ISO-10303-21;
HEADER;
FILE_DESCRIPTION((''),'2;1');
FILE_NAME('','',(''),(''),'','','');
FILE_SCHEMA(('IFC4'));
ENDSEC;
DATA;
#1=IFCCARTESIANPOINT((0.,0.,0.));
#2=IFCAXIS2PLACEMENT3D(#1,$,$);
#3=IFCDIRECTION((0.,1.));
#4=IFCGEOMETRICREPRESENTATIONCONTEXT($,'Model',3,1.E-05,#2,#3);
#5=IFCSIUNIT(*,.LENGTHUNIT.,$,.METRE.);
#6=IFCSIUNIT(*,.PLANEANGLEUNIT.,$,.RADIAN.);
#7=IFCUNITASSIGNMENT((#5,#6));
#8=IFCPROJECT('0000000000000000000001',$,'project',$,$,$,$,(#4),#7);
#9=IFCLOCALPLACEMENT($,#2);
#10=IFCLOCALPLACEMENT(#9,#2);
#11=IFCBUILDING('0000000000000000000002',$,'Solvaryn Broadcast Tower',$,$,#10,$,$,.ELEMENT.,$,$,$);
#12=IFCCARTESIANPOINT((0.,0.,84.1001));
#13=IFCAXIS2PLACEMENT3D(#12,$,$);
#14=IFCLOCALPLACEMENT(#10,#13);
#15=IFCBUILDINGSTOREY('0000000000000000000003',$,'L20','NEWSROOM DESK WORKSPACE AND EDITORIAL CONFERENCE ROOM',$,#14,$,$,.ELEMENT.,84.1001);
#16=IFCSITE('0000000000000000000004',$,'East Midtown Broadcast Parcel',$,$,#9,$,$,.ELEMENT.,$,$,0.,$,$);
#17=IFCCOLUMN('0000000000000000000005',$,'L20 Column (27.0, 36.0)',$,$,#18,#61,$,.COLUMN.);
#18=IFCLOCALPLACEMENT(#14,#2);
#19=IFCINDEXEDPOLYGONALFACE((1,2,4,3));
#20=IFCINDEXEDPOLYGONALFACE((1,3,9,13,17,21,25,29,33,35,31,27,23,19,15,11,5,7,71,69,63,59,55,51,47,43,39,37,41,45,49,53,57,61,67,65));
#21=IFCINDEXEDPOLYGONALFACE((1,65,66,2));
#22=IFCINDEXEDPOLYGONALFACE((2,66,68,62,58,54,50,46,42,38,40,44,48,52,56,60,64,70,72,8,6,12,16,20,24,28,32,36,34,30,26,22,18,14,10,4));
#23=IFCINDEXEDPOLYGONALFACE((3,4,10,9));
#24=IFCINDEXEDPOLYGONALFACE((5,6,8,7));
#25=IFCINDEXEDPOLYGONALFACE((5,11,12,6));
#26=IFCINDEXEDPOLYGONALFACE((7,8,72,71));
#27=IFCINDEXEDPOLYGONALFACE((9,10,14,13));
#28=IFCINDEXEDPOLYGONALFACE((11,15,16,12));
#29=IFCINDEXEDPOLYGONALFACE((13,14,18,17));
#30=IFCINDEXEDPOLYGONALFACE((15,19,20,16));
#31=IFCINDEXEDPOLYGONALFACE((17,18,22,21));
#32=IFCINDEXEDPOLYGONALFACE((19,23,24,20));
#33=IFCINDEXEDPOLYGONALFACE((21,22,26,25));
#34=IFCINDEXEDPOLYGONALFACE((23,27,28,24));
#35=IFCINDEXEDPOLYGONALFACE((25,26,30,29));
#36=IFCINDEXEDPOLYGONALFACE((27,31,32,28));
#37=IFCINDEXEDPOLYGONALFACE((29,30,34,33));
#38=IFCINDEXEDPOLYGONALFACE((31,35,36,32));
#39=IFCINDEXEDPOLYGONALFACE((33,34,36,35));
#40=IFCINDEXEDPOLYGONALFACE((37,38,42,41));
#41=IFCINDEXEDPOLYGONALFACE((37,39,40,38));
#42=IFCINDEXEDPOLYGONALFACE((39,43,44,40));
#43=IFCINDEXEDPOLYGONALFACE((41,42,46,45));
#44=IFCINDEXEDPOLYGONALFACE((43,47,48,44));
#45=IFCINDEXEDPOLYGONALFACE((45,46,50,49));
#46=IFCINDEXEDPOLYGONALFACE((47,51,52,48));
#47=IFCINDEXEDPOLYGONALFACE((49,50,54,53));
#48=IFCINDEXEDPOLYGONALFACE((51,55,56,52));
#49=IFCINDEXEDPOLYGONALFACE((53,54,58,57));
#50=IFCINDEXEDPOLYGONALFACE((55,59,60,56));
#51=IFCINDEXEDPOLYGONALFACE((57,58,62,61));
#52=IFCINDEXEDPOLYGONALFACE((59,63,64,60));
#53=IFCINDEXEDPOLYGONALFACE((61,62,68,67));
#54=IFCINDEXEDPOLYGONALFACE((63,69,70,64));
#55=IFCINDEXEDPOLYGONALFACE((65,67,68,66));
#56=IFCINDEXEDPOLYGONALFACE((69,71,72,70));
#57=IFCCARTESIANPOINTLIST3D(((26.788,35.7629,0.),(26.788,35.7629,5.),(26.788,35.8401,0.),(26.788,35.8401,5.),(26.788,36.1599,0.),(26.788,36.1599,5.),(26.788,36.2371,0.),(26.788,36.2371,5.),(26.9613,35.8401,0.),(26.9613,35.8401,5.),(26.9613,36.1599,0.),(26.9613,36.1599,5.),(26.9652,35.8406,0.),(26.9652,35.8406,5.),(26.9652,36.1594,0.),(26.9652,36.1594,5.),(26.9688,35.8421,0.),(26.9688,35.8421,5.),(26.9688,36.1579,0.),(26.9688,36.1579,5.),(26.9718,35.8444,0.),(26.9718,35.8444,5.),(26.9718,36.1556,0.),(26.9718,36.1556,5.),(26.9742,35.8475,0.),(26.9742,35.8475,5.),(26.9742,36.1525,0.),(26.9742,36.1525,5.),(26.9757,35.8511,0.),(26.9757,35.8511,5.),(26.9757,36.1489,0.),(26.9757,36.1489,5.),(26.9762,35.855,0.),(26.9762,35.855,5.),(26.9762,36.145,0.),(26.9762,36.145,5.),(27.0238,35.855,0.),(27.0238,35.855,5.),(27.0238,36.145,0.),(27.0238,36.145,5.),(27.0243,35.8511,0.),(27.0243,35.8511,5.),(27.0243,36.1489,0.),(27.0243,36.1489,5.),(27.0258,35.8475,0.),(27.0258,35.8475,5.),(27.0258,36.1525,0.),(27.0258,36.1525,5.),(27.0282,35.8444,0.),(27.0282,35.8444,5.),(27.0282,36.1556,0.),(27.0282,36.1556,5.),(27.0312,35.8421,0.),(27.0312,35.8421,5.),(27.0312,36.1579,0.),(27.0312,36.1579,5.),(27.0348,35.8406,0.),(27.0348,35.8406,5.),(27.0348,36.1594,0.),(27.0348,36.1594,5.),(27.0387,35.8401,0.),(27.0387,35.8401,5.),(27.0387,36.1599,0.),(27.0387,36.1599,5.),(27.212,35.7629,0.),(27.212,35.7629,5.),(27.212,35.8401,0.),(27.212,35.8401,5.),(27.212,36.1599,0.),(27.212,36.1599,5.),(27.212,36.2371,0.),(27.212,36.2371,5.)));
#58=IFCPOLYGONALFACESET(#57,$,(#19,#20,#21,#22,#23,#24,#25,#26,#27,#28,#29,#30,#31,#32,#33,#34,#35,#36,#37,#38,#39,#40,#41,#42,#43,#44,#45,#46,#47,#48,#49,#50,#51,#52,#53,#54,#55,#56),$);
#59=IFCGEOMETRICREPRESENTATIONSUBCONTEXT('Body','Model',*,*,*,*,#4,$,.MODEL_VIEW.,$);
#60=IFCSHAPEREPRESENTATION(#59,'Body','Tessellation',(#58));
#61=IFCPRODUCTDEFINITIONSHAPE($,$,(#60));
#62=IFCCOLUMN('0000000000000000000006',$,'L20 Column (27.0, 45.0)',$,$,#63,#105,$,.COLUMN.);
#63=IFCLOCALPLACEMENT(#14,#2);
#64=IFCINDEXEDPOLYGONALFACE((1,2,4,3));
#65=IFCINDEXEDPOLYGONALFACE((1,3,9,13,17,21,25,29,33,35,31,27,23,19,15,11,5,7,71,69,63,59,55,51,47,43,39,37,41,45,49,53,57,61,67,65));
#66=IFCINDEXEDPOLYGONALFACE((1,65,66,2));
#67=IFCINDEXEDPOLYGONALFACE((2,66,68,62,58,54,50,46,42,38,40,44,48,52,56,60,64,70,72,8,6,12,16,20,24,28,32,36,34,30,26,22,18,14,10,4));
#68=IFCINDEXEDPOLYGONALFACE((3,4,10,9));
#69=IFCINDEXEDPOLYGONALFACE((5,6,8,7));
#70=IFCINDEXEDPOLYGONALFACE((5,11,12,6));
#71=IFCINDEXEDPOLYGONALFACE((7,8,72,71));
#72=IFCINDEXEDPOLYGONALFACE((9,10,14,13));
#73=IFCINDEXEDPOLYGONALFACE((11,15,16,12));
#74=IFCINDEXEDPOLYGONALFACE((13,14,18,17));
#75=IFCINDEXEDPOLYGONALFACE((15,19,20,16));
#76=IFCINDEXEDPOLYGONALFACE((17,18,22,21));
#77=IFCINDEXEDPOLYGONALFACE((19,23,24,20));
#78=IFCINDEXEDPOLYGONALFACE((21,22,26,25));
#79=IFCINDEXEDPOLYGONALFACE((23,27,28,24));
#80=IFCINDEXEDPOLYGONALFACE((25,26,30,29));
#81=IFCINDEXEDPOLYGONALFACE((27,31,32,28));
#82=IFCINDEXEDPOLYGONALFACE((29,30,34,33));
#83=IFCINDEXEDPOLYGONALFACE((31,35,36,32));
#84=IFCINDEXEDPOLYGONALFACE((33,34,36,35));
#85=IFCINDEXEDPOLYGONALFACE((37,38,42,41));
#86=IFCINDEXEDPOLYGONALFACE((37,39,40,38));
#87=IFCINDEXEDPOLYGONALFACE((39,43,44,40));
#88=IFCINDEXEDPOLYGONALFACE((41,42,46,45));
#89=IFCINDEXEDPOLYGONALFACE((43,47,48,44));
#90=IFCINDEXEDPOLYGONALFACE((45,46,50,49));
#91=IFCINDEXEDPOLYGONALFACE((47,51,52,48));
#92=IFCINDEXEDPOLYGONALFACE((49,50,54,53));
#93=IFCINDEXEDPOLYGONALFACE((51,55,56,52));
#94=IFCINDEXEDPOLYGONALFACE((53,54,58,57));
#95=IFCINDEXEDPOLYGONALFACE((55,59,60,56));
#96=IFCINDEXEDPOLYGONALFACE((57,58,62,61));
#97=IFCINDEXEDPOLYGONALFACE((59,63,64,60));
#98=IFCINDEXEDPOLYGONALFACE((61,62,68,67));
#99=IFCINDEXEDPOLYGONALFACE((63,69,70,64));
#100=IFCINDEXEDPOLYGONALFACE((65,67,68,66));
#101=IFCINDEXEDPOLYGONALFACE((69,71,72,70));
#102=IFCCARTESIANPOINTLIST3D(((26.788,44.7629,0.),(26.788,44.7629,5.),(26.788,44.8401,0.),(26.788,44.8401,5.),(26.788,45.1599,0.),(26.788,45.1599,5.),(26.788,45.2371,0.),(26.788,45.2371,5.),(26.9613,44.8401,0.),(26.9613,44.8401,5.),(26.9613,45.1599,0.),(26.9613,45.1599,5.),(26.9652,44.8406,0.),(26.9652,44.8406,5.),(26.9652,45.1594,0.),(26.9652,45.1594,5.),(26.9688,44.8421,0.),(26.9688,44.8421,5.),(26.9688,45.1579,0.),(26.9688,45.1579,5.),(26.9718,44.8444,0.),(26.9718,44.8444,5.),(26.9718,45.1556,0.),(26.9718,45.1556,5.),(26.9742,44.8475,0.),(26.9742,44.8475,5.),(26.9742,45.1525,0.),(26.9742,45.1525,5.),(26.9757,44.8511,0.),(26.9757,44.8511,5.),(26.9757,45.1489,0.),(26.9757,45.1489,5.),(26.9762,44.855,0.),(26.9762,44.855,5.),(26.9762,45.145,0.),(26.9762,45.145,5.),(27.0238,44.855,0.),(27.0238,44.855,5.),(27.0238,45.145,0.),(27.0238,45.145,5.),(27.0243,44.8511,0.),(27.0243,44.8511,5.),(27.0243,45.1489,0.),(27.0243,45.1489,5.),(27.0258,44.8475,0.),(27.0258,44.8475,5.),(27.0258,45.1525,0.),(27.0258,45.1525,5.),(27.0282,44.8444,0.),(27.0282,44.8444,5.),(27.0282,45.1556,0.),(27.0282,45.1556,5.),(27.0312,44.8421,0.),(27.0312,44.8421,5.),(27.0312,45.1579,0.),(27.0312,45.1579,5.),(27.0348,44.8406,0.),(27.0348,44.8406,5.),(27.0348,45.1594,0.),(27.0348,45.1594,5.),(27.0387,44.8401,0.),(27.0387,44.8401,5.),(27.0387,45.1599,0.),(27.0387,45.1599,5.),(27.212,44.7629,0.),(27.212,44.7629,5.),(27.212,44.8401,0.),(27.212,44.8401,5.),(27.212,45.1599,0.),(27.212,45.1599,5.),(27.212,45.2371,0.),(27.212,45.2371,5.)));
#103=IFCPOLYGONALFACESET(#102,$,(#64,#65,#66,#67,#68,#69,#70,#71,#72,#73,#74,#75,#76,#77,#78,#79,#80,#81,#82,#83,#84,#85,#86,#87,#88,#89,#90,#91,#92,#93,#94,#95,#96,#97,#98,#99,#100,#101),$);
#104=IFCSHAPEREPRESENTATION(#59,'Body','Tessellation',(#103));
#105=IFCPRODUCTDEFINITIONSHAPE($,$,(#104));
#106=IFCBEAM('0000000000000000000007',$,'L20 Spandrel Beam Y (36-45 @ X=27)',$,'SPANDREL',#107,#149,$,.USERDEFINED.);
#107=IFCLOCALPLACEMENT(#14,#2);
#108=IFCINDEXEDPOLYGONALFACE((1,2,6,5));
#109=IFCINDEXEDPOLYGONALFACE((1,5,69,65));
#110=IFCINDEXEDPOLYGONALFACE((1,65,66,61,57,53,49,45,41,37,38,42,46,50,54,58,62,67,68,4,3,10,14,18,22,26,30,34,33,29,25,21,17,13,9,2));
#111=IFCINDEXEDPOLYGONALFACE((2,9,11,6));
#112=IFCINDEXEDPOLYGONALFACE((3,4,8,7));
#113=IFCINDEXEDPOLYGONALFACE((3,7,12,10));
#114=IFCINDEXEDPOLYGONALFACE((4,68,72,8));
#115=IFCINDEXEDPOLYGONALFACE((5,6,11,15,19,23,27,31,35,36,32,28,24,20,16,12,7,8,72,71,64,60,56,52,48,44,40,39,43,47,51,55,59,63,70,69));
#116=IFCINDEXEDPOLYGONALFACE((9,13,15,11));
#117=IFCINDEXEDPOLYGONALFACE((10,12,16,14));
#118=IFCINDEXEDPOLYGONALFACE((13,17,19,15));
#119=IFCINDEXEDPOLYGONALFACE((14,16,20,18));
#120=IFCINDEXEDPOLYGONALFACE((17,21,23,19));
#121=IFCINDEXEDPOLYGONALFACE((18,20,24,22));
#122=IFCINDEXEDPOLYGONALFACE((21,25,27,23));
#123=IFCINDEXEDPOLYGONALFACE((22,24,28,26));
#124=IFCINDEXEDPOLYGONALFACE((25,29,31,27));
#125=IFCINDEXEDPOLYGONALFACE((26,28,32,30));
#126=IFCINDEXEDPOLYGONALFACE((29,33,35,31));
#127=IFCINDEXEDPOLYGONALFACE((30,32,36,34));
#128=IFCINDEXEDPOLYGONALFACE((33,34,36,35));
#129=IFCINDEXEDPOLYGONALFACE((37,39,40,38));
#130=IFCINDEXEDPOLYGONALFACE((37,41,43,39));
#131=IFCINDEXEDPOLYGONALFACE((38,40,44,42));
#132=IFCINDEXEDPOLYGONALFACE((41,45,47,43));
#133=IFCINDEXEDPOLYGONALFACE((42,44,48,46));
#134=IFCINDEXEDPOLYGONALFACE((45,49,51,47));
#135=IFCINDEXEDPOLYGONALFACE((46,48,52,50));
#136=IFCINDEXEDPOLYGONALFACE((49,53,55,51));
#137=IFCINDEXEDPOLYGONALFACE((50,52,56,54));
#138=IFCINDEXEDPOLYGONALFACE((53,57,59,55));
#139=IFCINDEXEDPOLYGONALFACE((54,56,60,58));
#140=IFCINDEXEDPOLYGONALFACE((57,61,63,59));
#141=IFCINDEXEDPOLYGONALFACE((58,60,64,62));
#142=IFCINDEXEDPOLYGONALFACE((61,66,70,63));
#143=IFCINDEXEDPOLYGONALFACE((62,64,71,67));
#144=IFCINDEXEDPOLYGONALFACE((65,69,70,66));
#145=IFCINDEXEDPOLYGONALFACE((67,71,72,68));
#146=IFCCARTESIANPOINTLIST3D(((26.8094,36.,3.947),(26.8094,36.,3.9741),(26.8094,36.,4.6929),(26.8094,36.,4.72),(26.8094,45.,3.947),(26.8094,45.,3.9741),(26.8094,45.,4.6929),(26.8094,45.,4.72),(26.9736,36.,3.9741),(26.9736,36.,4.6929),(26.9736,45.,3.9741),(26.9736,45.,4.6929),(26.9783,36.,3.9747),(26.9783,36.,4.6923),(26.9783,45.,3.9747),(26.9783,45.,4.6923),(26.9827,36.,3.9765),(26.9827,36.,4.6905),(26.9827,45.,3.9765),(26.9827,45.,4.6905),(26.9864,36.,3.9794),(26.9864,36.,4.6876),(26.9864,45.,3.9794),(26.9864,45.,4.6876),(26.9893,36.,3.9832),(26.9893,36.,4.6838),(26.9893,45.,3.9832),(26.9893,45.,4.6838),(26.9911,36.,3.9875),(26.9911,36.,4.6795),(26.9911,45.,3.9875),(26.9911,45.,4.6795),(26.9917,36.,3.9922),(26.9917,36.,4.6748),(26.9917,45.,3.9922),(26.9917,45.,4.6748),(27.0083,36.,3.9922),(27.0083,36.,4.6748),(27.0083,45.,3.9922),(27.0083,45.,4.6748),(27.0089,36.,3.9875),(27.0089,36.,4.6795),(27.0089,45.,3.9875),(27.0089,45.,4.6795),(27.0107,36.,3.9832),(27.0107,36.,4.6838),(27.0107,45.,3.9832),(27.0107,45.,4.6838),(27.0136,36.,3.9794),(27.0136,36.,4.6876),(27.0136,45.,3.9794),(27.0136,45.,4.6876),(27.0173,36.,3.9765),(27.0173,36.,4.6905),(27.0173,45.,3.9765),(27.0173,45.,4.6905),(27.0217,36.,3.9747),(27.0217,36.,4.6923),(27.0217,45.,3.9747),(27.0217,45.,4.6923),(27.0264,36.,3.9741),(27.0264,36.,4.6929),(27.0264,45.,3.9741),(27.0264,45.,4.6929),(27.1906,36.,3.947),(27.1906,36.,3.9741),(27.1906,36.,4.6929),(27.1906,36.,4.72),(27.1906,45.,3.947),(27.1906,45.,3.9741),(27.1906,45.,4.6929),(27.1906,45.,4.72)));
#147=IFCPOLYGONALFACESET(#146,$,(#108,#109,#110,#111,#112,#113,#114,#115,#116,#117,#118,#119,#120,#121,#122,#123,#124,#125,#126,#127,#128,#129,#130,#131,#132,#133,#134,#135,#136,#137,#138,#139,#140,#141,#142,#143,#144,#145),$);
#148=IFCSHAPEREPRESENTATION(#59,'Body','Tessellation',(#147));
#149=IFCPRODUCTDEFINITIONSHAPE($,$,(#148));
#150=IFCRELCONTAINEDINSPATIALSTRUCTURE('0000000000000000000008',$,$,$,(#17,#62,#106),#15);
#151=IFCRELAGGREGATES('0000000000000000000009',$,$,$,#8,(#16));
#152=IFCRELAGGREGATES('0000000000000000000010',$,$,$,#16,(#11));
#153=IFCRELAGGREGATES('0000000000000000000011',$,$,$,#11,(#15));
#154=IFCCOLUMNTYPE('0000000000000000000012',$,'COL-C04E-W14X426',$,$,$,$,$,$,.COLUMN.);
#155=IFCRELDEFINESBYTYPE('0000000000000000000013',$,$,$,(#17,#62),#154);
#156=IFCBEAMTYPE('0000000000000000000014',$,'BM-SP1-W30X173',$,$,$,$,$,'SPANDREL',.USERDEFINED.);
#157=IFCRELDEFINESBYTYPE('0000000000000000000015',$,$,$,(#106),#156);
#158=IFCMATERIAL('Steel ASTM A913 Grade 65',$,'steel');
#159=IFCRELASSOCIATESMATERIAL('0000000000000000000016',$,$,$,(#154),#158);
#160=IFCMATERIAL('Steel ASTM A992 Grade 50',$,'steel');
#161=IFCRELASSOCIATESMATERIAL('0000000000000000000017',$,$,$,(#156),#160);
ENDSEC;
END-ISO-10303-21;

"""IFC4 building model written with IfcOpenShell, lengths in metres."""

from ifc_helpers import new_model, si_unit, direction, frame, origin, origin_2d, place, context, subcontext, project, spatial, i_section, extrude, material, material_profile, profile_set, type_object, element, save


model = new_model("IFC4")

# Units and contexts
model_context = context("Model", 3, precision=1e-05, world=origin(), true_north=direction((0.0, 1.0)))
body_context = subcontext(model_context, "Body", "Model", "MODEL_VIEW")
ifc_project = project(units=[si_unit("LENGTHUNIT", "METRE"), si_unit("PLANEANGLEUNIT", "RADIAN")], contexts=[model_context])

# Site, building, storey
site_placement = place(None, origin())
site = spatial("IfcSite", under=ifc_project, at=site_placement, Name="East Midtown Broadcast Parcel", CompositionType="ELEMENT", RefElevation=0.0)
building_placement = place(site_placement, origin())
building = spatial("IfcBuilding", under=site, at=building_placement, Name="Solvaryn Broadcast Tower", CompositionType="ELEMENT")
storey_placement = place(building_placement, frame((0.0, 0.0, 84.1001)))
storey = spatial("IfcBuildingStorey", under=building, at=storey_placement, Name="L20", Description="NEWSROOM DESK WORKSPACE AND EDITORIAL CONFERENCE ROOM", CompositionType="ELEMENT", Elevation=84.1001)

# Columns
ifc_material_1 = material(Name="Steel ASTM A913 Grade 65", Category="steel")
ifc_material_profile_1 = material_profile(ifc_material_1, i_section(OverallWidth=0.4241, OverallDepth=0.4741, WebThickness=0.0476, FlangeThickness=0.0771, FilletRadius=0.0149, at=origin_2d()))
ifc_profile_set_1 = profile_set([ifc_material_profile_1], Name="Steel ASTM A913 Grade 65")
column_type = type_object("IfcColumnType", Name="COL-C04E-W14X426", PredefinedType="COLUMN", material=ifc_profile_set_1)
for number, where, z_axis, x_axis, name in (
    (1, (27.0, 36.0, 0.0), (0.0, 0.0, 1.0), (1.0, 0.0, 0.0), "L20 Column (27.0, 36.0)"),
    (2, (27.0, 45.0, 0.0), (0.0, 0.0, 1.0), (1.0, 0.0, 0.0), "L20 Column (27.0, 45.0)"),
):
    element("IfcColumn", number, at=place(storey_placement, frame(where, z_axis=z_axis, x_axis=x_axis)), inside=storey, type_object=column_type, Name=name, PredefinedType="COLUMN", context=body_context, shape_type="SweptSolid", body=[
        extrude(i_section(OverallWidth=0.4241, OverallDepth=0.4741, WebThickness=0.0476, FlangeThickness=0.0771, FilletRadius=0.0149, at=origin_2d()), origin(), (0.0, 0.0, 1.0), 5.0),
    ])

# Beam
ifc_material_2 = material(Name="Steel ASTM A992 Grade 50", Category="steel")
ifc_material_profile_2 = material_profile(ifc_material_2, i_section(OverallWidth=0.3811, OverallDepth=0.7729, WebThickness=0.0166, FlangeThickness=0.0271, FilletRadius=0.0181, at=origin_2d()))
ifc_profile_set_2 = profile_set([ifc_material_profile_2], Name="Steel ASTM A992 Grade 50")
beam_type = type_object("IfcBeamType", Name="BM-SP1-W30X173", ElementType="SPANDREL", PredefinedType="USERDEFINED", material=ifc_profile_set_2)
beam_placement = place(storey_placement, frame((27.0, 36.0, 4.3335), z_axis=(0.0, 1.0, 0.0), x_axis=(-1.0, 0.0, 0.0)))
element("IfcBeam", 3, at=beam_placement, inside=storey, type_object=beam_type, Name="L20 Spandrel Beam Y (36-45 @ X=27)", ObjectType="SPANDREL", PredefinedType="USERDEFINED", context=body_context, shape_type="SweptSolid", body=[
    extrude(i_section(OverallWidth=0.3811, OverallDepth=0.7729, WebThickness=0.0166, FlangeThickness=0.0271, FilletRadius=0.0181, at=origin_2d()), origin(), (0.0, 0.0, 1.0), 9.0),
])

save(model, "model.ifc")
